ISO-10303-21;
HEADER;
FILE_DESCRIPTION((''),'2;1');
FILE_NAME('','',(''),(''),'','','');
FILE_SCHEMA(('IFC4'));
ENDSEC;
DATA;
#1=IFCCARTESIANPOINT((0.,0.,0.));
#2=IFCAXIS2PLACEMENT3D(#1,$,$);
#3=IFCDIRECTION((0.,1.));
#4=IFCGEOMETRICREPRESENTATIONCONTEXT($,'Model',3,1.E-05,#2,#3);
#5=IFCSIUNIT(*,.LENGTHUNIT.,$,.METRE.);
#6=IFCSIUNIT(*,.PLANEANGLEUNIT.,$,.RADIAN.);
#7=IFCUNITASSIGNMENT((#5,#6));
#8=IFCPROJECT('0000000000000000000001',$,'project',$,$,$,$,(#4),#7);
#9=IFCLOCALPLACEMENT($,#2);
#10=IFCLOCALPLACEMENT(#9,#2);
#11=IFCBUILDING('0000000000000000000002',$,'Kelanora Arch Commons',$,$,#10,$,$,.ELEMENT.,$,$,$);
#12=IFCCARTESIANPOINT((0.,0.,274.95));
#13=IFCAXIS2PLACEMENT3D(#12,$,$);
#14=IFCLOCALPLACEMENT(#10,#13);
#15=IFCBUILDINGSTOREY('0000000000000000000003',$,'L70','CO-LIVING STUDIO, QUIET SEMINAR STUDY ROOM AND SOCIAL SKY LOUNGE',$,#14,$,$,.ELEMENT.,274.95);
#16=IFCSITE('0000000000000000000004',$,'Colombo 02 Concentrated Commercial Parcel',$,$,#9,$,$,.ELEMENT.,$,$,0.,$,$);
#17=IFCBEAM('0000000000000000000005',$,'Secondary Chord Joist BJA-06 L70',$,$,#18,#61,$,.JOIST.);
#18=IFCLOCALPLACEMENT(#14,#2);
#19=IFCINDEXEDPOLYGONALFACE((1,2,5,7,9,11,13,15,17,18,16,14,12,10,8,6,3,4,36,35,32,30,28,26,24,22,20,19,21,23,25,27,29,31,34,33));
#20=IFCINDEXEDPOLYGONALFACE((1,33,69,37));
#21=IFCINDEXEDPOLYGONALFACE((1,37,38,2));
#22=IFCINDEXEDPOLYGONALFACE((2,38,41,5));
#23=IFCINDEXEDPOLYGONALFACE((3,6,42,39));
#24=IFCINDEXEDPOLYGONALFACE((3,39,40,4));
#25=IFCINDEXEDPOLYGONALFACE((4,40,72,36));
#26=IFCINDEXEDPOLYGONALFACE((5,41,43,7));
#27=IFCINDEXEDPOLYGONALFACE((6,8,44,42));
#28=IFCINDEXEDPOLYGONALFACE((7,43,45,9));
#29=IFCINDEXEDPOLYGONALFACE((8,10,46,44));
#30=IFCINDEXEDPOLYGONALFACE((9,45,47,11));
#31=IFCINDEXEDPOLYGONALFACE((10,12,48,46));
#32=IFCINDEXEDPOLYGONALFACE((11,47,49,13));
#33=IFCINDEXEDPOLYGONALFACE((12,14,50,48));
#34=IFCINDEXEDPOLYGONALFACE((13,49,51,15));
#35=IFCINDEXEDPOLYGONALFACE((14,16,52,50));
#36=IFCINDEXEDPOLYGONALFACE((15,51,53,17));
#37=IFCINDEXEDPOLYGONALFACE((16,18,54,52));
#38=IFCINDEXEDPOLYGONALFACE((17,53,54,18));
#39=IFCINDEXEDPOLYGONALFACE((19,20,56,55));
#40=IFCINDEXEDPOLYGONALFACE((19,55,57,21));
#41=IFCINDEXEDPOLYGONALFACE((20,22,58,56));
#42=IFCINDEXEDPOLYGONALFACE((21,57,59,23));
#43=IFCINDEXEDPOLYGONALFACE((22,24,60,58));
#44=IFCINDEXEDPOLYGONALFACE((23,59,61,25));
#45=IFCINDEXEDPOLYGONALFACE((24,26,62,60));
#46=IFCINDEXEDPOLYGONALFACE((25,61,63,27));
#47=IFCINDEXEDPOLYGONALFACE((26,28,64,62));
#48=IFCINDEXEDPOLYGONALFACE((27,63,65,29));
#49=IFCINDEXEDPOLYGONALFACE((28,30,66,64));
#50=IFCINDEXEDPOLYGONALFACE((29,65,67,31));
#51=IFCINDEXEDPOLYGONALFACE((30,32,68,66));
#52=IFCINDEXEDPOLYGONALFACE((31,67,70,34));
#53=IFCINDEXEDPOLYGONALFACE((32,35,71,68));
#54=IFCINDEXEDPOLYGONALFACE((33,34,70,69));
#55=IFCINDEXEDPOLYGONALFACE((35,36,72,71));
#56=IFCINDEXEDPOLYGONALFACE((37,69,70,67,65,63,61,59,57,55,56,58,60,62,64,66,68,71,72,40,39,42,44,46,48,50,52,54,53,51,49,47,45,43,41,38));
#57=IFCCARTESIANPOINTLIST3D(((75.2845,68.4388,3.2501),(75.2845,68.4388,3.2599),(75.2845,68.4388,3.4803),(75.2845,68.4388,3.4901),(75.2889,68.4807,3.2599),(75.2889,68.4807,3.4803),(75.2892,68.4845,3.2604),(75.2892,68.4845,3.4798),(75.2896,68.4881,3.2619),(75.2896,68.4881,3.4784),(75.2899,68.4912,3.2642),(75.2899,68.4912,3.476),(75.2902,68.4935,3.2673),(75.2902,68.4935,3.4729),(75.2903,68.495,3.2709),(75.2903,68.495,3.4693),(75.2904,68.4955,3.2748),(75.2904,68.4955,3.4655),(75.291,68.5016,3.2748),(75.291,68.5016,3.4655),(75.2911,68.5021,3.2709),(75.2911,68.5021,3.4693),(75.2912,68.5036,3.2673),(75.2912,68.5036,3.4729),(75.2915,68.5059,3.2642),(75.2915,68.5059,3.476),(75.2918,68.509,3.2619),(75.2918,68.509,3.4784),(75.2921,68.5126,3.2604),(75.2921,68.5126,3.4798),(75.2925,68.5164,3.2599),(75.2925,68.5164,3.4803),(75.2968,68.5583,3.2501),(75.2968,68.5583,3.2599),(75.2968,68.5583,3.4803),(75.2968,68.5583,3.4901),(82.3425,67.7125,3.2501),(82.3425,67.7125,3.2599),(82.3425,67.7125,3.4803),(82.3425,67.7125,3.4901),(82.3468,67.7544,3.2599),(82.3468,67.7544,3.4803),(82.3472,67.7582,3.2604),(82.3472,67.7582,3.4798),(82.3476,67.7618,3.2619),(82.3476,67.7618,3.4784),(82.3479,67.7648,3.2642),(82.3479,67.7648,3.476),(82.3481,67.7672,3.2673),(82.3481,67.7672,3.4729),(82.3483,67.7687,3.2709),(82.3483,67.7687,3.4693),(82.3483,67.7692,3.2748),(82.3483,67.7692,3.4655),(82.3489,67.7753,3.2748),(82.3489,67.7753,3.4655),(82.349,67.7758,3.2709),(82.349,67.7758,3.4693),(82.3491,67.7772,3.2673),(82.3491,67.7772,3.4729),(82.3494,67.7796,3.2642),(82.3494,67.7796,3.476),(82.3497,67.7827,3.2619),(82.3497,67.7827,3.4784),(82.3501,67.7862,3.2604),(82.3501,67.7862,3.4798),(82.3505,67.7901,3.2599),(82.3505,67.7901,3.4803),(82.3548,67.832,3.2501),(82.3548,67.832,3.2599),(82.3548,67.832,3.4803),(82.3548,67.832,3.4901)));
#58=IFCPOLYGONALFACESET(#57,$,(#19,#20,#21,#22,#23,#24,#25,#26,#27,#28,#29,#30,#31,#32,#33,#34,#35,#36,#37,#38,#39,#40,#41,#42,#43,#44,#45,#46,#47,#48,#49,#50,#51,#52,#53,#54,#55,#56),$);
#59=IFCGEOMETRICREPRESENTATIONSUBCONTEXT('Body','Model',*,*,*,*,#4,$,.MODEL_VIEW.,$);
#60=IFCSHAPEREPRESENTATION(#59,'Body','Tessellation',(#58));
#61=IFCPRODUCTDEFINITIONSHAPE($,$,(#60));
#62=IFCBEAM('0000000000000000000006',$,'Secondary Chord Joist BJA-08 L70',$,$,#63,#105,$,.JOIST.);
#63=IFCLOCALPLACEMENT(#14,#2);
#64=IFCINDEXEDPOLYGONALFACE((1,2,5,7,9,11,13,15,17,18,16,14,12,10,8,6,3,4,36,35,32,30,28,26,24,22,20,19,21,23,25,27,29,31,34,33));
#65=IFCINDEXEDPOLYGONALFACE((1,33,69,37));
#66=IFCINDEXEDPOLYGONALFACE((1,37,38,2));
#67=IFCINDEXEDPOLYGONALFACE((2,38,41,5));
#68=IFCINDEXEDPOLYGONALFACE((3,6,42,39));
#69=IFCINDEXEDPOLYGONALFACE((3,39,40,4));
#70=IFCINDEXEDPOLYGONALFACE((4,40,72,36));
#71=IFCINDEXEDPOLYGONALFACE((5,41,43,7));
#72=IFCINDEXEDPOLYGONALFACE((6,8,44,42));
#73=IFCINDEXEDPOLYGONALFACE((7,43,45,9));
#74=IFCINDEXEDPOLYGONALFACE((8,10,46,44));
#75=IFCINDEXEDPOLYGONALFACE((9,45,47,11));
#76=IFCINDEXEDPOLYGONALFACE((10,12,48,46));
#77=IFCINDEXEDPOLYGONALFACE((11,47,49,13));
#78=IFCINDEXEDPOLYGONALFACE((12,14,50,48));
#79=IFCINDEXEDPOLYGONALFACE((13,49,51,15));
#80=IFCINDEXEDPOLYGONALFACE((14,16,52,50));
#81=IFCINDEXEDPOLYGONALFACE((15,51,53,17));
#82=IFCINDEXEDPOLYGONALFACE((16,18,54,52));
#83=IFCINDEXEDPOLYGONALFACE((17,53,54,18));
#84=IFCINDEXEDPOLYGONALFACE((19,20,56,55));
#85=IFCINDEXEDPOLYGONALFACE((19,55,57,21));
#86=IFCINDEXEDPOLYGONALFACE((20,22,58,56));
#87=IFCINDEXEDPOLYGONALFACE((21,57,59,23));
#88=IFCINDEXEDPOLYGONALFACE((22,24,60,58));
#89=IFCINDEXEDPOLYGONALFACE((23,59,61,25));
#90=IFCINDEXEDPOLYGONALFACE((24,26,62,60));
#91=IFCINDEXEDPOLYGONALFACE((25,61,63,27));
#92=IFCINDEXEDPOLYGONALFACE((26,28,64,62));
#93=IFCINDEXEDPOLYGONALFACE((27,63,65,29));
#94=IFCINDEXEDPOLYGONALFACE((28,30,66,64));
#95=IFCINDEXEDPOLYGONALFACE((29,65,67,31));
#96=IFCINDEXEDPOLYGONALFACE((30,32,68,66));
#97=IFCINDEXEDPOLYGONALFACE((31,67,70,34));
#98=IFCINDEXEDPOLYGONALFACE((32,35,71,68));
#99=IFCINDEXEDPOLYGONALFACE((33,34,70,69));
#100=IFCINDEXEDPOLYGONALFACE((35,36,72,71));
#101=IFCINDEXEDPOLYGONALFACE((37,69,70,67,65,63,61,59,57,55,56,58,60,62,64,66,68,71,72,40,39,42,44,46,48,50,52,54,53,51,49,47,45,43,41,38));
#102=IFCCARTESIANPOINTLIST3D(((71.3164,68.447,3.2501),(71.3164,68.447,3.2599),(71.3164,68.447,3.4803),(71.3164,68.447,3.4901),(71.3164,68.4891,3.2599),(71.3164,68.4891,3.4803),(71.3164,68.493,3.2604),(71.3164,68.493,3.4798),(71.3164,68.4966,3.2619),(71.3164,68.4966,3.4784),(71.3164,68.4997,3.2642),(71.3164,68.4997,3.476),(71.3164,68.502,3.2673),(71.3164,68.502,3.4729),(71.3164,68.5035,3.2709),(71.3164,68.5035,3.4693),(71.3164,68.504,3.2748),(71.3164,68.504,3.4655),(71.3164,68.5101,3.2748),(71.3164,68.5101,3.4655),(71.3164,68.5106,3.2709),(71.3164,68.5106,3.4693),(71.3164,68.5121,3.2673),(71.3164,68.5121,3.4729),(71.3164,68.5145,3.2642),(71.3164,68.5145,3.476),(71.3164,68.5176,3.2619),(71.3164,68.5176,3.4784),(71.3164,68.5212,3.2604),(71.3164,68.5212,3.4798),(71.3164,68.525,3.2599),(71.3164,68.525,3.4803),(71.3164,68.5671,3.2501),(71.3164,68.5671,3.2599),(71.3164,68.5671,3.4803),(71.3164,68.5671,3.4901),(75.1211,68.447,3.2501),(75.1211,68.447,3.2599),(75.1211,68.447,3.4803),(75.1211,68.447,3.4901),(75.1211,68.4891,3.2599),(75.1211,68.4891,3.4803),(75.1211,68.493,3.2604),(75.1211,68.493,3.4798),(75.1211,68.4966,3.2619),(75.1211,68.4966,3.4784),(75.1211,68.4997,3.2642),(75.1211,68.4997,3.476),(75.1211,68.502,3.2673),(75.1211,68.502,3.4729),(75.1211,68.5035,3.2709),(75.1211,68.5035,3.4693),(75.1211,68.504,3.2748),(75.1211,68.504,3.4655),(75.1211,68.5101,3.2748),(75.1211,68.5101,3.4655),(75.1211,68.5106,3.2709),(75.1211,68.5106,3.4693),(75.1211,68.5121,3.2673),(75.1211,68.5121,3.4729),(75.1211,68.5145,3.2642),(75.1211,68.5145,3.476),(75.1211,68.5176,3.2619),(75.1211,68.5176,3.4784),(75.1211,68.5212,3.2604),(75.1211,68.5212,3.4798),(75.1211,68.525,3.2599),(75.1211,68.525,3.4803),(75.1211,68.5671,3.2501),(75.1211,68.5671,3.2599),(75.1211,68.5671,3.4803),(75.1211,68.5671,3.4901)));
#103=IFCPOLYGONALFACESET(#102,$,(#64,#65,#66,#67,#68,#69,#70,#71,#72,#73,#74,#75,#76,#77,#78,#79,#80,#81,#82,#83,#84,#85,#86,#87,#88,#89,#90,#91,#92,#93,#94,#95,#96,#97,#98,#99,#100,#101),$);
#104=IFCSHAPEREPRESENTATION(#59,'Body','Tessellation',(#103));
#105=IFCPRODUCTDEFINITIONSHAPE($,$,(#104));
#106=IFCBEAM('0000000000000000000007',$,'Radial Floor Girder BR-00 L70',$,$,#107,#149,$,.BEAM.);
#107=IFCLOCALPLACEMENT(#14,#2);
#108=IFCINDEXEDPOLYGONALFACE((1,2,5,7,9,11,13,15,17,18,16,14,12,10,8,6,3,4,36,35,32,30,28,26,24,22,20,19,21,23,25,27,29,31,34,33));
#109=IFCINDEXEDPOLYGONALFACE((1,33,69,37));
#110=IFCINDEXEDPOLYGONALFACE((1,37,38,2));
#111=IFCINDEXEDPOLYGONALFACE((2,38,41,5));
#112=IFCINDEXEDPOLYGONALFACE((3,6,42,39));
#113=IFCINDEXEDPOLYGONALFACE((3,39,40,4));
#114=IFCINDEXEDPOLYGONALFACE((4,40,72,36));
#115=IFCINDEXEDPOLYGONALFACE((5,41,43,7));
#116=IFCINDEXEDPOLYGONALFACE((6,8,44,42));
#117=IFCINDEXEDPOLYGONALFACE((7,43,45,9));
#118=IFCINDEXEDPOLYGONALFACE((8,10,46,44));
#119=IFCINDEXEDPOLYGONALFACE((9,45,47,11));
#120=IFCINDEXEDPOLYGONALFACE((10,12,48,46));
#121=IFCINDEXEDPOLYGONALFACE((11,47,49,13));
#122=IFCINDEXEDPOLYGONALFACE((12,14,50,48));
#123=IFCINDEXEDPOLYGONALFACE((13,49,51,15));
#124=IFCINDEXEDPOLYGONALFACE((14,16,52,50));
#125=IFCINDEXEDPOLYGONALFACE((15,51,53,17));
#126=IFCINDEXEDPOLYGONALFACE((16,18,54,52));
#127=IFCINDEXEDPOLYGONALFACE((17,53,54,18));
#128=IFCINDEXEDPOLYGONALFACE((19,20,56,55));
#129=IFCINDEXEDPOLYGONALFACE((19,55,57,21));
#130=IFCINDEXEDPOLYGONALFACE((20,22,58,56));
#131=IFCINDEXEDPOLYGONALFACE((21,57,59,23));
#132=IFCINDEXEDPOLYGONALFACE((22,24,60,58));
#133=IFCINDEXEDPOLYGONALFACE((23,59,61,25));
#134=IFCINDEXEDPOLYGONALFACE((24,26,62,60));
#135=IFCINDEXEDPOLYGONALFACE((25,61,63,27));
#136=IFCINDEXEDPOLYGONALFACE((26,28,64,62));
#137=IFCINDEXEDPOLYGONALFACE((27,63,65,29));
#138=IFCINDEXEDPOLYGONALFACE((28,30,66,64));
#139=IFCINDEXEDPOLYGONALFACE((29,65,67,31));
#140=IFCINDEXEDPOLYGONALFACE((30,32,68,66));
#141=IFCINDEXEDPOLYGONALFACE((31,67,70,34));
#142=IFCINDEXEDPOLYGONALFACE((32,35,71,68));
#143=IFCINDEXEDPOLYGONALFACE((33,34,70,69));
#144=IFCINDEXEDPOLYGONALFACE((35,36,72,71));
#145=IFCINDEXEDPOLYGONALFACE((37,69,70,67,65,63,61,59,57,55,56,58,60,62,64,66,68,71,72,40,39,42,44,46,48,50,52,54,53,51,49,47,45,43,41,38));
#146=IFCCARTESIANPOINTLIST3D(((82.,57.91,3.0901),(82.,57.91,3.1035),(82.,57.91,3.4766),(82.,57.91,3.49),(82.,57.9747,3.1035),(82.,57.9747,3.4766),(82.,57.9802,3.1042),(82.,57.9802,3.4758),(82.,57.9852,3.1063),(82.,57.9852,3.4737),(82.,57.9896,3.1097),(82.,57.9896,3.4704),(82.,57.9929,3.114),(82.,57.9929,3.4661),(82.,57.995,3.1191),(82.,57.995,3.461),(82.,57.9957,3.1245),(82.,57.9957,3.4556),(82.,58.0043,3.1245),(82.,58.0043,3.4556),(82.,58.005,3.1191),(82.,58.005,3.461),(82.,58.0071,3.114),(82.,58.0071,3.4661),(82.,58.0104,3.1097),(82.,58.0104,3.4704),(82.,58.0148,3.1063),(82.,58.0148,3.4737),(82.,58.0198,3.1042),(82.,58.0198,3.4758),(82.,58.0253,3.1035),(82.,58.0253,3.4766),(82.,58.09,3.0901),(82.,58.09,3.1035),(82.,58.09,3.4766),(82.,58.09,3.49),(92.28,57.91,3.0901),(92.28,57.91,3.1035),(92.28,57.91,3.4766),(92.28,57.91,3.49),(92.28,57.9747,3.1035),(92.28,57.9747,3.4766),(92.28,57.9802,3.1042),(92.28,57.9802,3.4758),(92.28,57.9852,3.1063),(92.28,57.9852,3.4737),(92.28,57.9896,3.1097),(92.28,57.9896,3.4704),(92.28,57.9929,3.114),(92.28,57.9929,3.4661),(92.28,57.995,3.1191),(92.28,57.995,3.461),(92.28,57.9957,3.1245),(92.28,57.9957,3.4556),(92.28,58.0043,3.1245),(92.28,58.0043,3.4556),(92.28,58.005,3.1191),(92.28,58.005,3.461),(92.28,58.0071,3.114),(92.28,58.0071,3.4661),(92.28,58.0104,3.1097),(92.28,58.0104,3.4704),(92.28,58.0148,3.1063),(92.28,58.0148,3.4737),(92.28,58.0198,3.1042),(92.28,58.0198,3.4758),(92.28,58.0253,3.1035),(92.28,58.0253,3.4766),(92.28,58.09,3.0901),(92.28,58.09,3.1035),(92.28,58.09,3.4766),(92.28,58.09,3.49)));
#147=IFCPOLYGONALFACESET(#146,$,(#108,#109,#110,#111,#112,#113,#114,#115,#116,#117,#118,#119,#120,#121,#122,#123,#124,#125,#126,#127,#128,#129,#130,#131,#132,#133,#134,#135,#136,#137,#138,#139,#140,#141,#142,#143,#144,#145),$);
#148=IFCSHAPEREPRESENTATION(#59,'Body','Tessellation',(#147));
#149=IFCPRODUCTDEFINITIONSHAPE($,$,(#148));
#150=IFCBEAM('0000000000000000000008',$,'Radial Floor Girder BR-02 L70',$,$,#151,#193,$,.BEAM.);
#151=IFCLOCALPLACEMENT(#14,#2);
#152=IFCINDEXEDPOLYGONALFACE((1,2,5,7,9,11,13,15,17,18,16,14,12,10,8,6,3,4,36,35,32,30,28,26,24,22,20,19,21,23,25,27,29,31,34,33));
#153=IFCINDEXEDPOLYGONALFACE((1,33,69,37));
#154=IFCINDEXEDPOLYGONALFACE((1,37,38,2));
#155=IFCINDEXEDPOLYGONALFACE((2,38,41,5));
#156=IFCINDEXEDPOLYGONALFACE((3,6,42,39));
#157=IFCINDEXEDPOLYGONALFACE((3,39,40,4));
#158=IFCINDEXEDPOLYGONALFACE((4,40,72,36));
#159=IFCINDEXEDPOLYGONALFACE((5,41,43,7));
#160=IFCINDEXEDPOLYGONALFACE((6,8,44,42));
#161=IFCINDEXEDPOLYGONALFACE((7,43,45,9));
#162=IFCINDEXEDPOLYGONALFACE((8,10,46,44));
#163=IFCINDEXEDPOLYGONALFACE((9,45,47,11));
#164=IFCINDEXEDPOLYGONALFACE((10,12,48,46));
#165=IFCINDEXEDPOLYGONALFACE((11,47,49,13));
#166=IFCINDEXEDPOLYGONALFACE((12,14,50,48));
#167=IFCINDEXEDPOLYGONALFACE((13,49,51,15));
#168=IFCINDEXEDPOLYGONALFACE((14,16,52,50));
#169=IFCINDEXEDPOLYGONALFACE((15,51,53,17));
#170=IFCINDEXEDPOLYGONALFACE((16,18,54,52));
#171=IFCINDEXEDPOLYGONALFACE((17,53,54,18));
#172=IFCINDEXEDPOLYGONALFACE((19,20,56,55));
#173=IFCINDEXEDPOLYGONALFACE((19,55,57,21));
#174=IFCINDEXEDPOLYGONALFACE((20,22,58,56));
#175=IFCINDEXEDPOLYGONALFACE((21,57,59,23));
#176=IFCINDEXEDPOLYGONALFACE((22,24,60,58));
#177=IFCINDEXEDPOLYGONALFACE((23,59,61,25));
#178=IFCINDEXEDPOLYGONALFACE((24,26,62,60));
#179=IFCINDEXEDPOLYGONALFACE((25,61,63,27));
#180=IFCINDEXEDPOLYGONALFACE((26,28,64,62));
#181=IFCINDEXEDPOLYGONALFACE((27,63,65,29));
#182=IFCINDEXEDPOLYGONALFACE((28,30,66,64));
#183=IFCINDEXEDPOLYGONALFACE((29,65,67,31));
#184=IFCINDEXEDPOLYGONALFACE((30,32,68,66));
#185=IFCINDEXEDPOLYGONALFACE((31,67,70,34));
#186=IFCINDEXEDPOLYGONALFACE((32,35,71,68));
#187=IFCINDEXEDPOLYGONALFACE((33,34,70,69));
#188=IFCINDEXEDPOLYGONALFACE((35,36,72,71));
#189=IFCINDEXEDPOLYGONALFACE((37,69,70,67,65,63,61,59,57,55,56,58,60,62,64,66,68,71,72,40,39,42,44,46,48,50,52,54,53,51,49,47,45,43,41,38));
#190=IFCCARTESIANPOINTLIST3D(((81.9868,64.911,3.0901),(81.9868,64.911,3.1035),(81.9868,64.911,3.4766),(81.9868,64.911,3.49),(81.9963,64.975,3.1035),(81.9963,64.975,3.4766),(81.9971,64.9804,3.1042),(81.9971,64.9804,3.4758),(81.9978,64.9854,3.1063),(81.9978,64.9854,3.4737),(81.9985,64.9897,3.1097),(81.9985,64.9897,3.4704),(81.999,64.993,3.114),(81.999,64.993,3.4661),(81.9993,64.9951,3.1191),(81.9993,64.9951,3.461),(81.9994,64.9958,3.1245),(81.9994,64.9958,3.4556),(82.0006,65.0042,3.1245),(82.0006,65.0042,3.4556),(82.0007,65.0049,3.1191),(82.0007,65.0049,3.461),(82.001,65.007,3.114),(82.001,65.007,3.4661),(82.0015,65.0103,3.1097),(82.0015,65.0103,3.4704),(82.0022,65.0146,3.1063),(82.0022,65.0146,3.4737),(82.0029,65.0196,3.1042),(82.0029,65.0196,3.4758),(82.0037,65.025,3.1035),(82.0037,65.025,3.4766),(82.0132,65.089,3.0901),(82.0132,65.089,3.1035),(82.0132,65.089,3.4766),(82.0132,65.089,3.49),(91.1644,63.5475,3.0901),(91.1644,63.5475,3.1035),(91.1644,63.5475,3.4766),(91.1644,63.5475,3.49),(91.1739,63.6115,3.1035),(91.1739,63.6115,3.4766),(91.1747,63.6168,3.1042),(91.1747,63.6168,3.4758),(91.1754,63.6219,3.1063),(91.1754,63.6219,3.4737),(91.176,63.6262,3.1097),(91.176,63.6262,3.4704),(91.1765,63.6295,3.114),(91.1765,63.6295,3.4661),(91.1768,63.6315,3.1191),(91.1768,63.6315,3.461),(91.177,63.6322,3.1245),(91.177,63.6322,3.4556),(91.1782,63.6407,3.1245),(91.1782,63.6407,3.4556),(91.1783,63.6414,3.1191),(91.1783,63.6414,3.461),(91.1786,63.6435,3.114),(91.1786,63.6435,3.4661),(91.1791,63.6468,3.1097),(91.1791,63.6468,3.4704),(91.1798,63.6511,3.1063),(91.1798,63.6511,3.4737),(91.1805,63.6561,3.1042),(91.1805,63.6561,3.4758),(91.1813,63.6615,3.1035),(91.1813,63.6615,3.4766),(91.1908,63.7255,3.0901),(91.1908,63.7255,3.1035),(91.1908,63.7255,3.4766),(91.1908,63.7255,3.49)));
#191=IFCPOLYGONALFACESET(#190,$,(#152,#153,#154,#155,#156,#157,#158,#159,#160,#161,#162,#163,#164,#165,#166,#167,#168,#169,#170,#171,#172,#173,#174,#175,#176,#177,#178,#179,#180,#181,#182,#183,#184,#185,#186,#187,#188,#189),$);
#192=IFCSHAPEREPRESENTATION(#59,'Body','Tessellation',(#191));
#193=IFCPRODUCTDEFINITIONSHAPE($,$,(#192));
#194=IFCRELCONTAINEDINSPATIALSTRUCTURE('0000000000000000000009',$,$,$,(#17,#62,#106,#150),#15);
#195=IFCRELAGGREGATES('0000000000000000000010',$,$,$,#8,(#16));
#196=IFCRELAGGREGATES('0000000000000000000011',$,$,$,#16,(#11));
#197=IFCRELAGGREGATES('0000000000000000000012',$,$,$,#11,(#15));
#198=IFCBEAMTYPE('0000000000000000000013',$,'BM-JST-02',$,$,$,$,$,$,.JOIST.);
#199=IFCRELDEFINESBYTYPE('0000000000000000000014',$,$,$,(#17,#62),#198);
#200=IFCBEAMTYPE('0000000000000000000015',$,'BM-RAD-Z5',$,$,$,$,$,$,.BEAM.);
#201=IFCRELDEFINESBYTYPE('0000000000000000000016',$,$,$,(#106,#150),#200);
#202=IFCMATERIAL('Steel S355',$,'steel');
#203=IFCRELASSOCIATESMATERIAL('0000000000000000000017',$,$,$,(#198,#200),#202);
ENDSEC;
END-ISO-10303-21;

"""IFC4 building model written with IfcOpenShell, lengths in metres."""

from ifc_helpers import new_model, si_unit, direction, frame, origin, origin_2d, place, context, subcontext, project, spatial, i_section, extrude, material, material_profile, profile_set, type_object, element, save


model = new_model("IFC4")

# Units and contexts
model_context = context("Model", 3, precision=1e-05, world=origin(), true_north=direction((0.0, 1.0)))
body_context = subcontext(model_context, "Body", "Model", "MODEL_VIEW")
ifc_project = project(units=[si_unit("LENGTHUNIT", "METRE"), si_unit("PLANEANGLEUNIT", "RADIAN")], contexts=[model_context])

# Site, building, storey
site_placement = place(None, origin())
site = spatial("IfcSite", under=ifc_project, at=site_placement, Name="Colombo 02 Concentrated Commercial Parcel", CompositionType="ELEMENT", RefElevation=0.0)
building_placement = place(site_placement, origin())
building = spatial("IfcBuilding", under=site, at=building_placement, Name="Kelanora Arch Commons", CompositionType="ELEMENT")
storey_placement = place(building_placement, frame((0.0, 0.0, 274.95)))
storey = spatial("IfcBuildingStorey", under=building, at=storey_placement, Name="L70", Description="CO-LIVING STUDIO, QUIET SEMINAR STUDY ROOM AND SOCIAL SKY LOUNGE", CompositionType="ELEMENT", Elevation=274.95)

# Beams
ifc_material_1 = material(Name="Steel S355", Category="steel")
ifc_material_profile_1 = material_profile(ifc_material_1, i_section(OverallWidth=0.1201, OverallDepth=0.24, WebThickness=0.0061, FlangeThickness=0.0098, FilletRadius=0.0149, at=origin_2d()), Name="IPE240")
ifc_profile_set_1 = profile_set([ifc_material_profile_1], Name="Steel S355")
beam_type_1 = type_object("IfcBeamType", Name="BM-JST-02", PredefinedType="JOIST", material=ifc_profile_set_1)
beam_1_placement = place(storey_placement, frame((82.3486, 67.7722, 3.3701), z_axis=(-0.994747, 0.102369, 0.0), x_axis=(-0.102369, -0.994747, 0.0)))
element("IfcBeam", 1, at=beam_1_placement, inside=storey, type_object=beam_type_1, Name="Secondary Chord Joist BJA-06 L70", PredefinedType="JOIST", context=body_context, shape_type="SweptSolid", body=[
    extrude(i_section(OverallWidth=0.1201, OverallDepth=0.24, WebThickness=0.0061, FlangeThickness=0.0098, FilletRadius=0.0149, at=origin_2d()), origin(), (0.0, 0.0, 1.0), 7.0952),
])
beam_2_placement = place(storey_placement, frame((75.1211, 68.5071, 3.3701), z_axis=(-1.0, 0.0, 0.0), x_axis=(0.0, -1.0, 0.0)))
element("IfcBeam", 2, at=beam_2_placement, inside=storey, type_object=beam_type_1, Name="Secondary Chord Joist BJA-08 L70", PredefinedType="JOIST", context=body_context, shape_type="SweptSolid", body=[
    extrude(i_section(OverallWidth=0.1201, OverallDepth=0.24, WebThickness=0.0061, FlangeThickness=0.0098, FilletRadius=0.0149, at=origin_2d()), origin(), (0.0, 0.0, 1.0), 3.8047),
])
ifc_material_profile_2 = material_profile(ifc_material_1, i_section(OverallWidth=0.1799, OverallDepth=0.3999, WebThickness=0.0085, FlangeThickness=0.0134, FilletRadius=0.021, at=origin_2d()), Name="IPE400")
ifc_profile_set_2 = profile_set([ifc_material_profile_2], Name="Steel S355")
beam_type_2 = type_object("IfcBeamType", Name="BM-RAD-Z5", PredefinedType="BEAM", material=ifc_profile_set_2)
beam_3_placement = place(storey_placement, frame((82.0, 58.0, 3.29), z_axis=(1.0, 0.0, 0.0), x_axis=(0.0, 1.0, 0.0)))
element("IfcBeam", 3, at=beam_3_placement, inside=storey, type_object=beam_type_2, Name="Radial Floor Girder BR-00 L70", PredefinedType="BEAM", context=body_context, shape_type="SweptSolid", body=[
    extrude(i_section(OverallWidth=0.1799, OverallDepth=0.3999, WebThickness=0.0085, FlangeThickness=0.0134, FilletRadius=0.021, at=origin_2d()), origin(), (0.0, 0.0, 1.0), 10.28),
])
beam_4_placement = place(storey_placement, frame((82.0, 65.0, 3.29), z_axis=(0.989142, -0.14696, 0.0), x_axis=(0.14696, 0.989142, 0.0)))
element("IfcBeam", 4, at=beam_4_placement, inside=storey, type_object=beam_type_2, Name="Radial Floor Girder BR-02 L70", PredefinedType="BEAM", context=body_context, shape_type="SweptSolid", body=[
    extrude(i_section(OverallWidth=0.1799, OverallDepth=0.3999, WebThickness=0.0085, FlangeThickness=0.0134, FilletRadius=0.021, at=origin_2d()), origin(), (0.0, 0.0, 1.0), 9.2783),
])

save(model, "model.ifc")
